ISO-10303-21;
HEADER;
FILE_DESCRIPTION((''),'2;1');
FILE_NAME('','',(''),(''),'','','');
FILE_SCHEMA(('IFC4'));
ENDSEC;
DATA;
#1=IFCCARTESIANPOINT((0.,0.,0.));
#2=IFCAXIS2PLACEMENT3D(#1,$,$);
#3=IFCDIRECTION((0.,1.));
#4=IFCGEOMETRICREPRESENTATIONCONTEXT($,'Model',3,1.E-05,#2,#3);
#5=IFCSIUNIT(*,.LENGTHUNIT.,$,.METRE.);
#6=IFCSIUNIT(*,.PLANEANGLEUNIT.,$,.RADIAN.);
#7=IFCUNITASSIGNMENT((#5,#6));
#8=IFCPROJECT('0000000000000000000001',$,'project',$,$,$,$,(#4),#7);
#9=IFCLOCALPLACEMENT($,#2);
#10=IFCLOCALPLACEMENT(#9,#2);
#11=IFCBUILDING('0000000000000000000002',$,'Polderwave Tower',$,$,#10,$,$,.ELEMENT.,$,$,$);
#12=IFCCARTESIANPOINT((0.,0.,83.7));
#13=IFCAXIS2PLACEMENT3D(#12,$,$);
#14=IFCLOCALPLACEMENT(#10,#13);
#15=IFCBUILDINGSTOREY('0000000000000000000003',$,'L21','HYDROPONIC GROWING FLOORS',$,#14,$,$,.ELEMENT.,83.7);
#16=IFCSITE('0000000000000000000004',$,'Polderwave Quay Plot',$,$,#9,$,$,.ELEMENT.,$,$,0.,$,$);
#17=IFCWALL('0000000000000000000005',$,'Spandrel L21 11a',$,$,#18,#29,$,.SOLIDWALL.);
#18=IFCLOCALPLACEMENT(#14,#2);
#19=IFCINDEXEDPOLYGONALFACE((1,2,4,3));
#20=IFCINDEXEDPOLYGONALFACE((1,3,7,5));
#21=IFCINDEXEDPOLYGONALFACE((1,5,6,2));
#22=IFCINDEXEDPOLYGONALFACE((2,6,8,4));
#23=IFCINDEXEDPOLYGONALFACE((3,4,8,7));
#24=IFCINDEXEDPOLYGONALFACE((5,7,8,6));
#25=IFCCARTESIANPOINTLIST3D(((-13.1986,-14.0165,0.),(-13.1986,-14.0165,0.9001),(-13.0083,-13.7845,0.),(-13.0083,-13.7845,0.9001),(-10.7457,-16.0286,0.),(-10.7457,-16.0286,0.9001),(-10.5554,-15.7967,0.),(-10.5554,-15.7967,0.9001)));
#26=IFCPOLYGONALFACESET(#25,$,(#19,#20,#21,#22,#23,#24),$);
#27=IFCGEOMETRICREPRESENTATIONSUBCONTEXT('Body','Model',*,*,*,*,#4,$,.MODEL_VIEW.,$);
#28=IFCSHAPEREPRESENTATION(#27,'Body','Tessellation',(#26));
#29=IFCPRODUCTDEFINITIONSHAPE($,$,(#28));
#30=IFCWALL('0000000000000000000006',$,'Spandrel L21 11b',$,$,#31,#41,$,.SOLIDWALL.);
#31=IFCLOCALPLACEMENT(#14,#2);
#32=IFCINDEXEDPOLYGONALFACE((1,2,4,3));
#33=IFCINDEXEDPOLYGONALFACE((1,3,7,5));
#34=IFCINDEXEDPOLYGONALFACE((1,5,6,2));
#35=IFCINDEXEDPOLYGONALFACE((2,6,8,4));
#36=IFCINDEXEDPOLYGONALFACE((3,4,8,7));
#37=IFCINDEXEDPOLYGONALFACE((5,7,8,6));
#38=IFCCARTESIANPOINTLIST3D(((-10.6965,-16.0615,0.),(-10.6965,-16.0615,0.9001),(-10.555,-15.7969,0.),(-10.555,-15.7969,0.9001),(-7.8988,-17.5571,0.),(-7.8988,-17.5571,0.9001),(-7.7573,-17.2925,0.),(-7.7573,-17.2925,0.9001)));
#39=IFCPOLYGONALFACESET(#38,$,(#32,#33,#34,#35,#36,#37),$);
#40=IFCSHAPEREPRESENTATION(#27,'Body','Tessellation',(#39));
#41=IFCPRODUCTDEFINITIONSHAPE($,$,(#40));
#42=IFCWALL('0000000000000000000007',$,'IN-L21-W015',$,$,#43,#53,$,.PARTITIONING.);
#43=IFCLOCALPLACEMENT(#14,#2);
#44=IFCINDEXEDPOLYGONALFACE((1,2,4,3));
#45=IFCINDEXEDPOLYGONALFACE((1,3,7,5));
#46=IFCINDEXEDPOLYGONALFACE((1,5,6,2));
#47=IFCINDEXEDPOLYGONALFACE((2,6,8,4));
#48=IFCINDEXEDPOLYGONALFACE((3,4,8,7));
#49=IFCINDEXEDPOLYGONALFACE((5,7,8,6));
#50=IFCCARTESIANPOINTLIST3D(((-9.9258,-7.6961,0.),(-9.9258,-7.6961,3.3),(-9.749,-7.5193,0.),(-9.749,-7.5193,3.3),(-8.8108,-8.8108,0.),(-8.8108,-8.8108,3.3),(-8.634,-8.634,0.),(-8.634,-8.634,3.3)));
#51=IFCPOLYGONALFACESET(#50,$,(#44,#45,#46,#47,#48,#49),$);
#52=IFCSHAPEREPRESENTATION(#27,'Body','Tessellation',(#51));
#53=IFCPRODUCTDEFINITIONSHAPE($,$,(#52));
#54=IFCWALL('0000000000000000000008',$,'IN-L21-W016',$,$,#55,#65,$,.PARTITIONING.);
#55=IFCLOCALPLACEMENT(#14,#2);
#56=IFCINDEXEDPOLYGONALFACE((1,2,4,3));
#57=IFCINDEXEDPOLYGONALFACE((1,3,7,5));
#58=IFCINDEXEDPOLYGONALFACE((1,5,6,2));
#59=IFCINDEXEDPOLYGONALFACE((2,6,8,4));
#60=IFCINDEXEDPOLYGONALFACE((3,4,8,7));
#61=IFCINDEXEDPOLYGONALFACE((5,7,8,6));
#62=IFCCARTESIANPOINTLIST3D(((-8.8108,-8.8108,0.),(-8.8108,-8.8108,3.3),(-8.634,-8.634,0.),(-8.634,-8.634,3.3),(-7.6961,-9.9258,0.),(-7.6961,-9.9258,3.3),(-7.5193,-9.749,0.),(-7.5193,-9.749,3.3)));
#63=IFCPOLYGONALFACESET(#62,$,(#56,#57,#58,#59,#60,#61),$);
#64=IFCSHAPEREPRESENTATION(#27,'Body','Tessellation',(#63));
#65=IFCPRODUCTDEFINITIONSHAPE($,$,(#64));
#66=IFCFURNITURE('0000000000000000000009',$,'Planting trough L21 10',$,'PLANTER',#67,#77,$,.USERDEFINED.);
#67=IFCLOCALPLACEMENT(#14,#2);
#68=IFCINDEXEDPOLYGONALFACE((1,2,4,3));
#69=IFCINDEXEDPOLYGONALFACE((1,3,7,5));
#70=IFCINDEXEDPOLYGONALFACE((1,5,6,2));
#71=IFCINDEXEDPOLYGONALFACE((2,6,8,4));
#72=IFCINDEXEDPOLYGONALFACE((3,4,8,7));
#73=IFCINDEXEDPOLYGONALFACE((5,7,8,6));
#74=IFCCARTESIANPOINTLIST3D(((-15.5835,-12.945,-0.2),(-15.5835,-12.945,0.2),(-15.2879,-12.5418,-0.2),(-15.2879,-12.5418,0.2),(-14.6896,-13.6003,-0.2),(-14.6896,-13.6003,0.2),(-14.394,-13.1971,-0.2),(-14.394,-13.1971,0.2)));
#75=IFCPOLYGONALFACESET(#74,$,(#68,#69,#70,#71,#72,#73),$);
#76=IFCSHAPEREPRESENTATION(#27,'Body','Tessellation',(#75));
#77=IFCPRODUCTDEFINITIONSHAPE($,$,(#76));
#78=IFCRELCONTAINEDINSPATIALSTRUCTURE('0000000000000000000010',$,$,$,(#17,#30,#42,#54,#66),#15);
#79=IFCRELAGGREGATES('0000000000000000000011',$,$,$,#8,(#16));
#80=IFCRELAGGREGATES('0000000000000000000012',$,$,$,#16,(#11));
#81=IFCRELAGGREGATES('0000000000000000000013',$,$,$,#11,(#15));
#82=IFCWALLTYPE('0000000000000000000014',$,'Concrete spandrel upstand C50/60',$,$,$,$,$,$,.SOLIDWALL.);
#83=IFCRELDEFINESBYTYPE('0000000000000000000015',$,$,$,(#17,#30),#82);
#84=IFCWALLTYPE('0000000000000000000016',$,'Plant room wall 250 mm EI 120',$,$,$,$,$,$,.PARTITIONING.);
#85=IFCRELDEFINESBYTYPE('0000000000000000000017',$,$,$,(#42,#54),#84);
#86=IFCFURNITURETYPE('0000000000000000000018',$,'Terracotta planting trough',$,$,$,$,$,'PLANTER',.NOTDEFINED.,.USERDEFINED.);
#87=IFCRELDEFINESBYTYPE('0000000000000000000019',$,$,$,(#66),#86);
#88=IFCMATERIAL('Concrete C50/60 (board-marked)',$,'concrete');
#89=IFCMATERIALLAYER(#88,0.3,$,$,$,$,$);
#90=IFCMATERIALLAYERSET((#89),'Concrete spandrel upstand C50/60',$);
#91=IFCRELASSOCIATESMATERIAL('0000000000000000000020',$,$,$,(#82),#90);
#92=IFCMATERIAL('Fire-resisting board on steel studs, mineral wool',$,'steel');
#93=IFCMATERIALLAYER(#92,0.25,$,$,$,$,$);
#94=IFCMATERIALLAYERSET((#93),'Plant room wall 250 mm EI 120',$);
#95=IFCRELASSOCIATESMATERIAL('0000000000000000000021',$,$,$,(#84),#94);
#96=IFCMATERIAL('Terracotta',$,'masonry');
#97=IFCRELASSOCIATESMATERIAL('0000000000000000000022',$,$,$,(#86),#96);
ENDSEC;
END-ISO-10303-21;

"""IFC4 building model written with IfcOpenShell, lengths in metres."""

from ifc_helpers import new_model, si_unit, direction, frame, frame_2d, origin, origin_2d, place, context, subcontext, project, spatial, rectangle, extrude, material, layer, layer_set, type_object, element, save


model = new_model("IFC4")

# Units and contexts
model_context = context("Model", 3, precision=1e-05, world=origin(), true_north=direction((0.0, 1.0)))
body_context = subcontext(model_context, "Body", "Model", "MODEL_VIEW")
ifc_project = project(units=[si_unit("LENGTHUNIT", "METRE"), si_unit("PLANEANGLEUNIT", "RADIAN")], contexts=[model_context])

# Site, building, storey
site_placement = place(None, origin())
site = spatial("IfcSite", under=ifc_project, at=site_placement, Name="Polderwave Quay Plot", CompositionType="ELEMENT", RefElevation=0.0)
building_placement = place(site_placement, origin())
building = spatial("IfcBuilding", under=site, at=building_placement, Name="Polderwave Tower", CompositionType="ELEMENT")
storey_placement = place(building_placement, frame((0.0, 0.0, 83.7)))
storey = spatial("IfcBuildingStorey", under=building, at=storey_placement, Name="L21", Description="HYDROPONIC GROWING FLOORS", CompositionType="ELEMENT", Elevation=83.7)

# Walls
ifc_material_1 = material(Name="Concrete C50/60 (board-marked)", Category="concrete")
ifc_layer_1 = layer(ifc_material_1, 0.3)
ifc_layer_set_1 = layer_set([ifc_layer_1], Name="Concrete spandrel upstand C50/60")
wall_type_1 = type_object("IfcWallType", Name="Concrete spandrel upstand C50/60", PredefinedType="SOLIDWALL", material=ifc_layer_set_1)
for number, where, z_axis, x_axis, name in (
    (1, (-13.1035, -13.9004, 0.0), (0.0, 0.0, 1.0), (0.773137, -0.634239, 0.0), "Spandrel L21 11a"),
):
    element("IfcWall", number, at=place(storey_placement, frame(where, z_axis=z_axis, x_axis=x_axis)), inside=storey, type_object=wall_type_1, Name=name, PredefinedType="SOLIDWALL", context=body_context, shape_type="SweptSolid", body=[
        extrude(rectangle(XDim=3.1726, YDim=0.3, at=frame_2d((1.5864, 0.0))), origin(), (0.0, 0.0, 1.0), 0.9001),
    ])
wall_placement = place(storey_placement, frame((-10.6257, -15.9292, 0.0), z_axis=(0.0, 0.0, 1.0), x_axis=(0.881888, -0.471459, 0.0)))
element("IfcWall", 2, at=wall_placement, inside=storey, type_object=wall_type_1, Name="Spandrel L21 11b", PredefinedType="SOLIDWALL", context=body_context, shape_type="SweptSolid", body=[
    extrude(rectangle(XDim=3.1724, YDim=0.3, at=frame_2d((1.5862, 0.0))), origin(), (0.0, 0.0, 1.0), 0.9001),
])
ifc_material_2 = material(Name="Fire-resisting board on steel studs, mineral wool", Category="steel")
ifc_layer_2 = layer(ifc_material_2, 0.25)
ifc_layer_set_2 = layer_set([ifc_layer_2], Name="Plant room wall 250 mm EI 120")
wall_type_2 = type_object("IfcWallType", Name="Plant room wall 250 mm EI 120", PredefinedType="PARTITIONING", material=ifc_layer_set_2)
for number, where, z_axis, x_axis, name in (
    (3, (-8.7224, -8.7224, 0.0), (0.0, 0.0, 1.0), (-0.707184, 0.707029, 0.0), "IN-L21-W015"),
    (4, (-7.6077, -9.8374, 0.0), (0.0, 0.0, 1.0), (-0.707029, 0.707184, 0.0), "IN-L21-W016"),
):
    element("IfcWall", number, at=place(storey_placement, frame(where, z_axis=z_axis, x_axis=x_axis)), inside=storey, type_object=wall_type_2, Name=name, PredefinedType="PARTITIONING", context=body_context, shape_type="SweptSolid", body=[
        extrude(rectangle(XDim=1.5767, YDim=0.25, at=frame_2d((0.7883, 0.0))), origin(), (0.0, 0.0, 1.0), 3.3),
    ])

# Furniture
ifc_material_3 = material(Name="Terracotta", Category="masonry")
furniture_type = type_object("IfcFurnitureType", Name="Terracotta planting trough", ElementType="PLANTER", AssemblyPlace="NOTDEFINED", PredefinedType="USERDEFINED", material=ifc_material_3)
furniture_placement = place(storey_placement, frame((-14.9888, -13.071, -0.2), z_axis=(0.0, 0.0, 1.0), x_axis=(0.806496, -0.591239, 0.0)))
element("IfcFurniture", 5, at=furniture_placement, inside=storey, type_object=furniture_type, Name="Planting trough L21 10", ObjectType="PLANTER", PredefinedType="USERDEFINED", context=body_context, shape_type="SweptSolid", body=[
    extrude(rectangle(XDim=1.1084, YDim=0.5, at=origin_2d()), origin(), (0.0, 0.0, 1.0), 0.3999),
])

save(model, "model.ifc")
